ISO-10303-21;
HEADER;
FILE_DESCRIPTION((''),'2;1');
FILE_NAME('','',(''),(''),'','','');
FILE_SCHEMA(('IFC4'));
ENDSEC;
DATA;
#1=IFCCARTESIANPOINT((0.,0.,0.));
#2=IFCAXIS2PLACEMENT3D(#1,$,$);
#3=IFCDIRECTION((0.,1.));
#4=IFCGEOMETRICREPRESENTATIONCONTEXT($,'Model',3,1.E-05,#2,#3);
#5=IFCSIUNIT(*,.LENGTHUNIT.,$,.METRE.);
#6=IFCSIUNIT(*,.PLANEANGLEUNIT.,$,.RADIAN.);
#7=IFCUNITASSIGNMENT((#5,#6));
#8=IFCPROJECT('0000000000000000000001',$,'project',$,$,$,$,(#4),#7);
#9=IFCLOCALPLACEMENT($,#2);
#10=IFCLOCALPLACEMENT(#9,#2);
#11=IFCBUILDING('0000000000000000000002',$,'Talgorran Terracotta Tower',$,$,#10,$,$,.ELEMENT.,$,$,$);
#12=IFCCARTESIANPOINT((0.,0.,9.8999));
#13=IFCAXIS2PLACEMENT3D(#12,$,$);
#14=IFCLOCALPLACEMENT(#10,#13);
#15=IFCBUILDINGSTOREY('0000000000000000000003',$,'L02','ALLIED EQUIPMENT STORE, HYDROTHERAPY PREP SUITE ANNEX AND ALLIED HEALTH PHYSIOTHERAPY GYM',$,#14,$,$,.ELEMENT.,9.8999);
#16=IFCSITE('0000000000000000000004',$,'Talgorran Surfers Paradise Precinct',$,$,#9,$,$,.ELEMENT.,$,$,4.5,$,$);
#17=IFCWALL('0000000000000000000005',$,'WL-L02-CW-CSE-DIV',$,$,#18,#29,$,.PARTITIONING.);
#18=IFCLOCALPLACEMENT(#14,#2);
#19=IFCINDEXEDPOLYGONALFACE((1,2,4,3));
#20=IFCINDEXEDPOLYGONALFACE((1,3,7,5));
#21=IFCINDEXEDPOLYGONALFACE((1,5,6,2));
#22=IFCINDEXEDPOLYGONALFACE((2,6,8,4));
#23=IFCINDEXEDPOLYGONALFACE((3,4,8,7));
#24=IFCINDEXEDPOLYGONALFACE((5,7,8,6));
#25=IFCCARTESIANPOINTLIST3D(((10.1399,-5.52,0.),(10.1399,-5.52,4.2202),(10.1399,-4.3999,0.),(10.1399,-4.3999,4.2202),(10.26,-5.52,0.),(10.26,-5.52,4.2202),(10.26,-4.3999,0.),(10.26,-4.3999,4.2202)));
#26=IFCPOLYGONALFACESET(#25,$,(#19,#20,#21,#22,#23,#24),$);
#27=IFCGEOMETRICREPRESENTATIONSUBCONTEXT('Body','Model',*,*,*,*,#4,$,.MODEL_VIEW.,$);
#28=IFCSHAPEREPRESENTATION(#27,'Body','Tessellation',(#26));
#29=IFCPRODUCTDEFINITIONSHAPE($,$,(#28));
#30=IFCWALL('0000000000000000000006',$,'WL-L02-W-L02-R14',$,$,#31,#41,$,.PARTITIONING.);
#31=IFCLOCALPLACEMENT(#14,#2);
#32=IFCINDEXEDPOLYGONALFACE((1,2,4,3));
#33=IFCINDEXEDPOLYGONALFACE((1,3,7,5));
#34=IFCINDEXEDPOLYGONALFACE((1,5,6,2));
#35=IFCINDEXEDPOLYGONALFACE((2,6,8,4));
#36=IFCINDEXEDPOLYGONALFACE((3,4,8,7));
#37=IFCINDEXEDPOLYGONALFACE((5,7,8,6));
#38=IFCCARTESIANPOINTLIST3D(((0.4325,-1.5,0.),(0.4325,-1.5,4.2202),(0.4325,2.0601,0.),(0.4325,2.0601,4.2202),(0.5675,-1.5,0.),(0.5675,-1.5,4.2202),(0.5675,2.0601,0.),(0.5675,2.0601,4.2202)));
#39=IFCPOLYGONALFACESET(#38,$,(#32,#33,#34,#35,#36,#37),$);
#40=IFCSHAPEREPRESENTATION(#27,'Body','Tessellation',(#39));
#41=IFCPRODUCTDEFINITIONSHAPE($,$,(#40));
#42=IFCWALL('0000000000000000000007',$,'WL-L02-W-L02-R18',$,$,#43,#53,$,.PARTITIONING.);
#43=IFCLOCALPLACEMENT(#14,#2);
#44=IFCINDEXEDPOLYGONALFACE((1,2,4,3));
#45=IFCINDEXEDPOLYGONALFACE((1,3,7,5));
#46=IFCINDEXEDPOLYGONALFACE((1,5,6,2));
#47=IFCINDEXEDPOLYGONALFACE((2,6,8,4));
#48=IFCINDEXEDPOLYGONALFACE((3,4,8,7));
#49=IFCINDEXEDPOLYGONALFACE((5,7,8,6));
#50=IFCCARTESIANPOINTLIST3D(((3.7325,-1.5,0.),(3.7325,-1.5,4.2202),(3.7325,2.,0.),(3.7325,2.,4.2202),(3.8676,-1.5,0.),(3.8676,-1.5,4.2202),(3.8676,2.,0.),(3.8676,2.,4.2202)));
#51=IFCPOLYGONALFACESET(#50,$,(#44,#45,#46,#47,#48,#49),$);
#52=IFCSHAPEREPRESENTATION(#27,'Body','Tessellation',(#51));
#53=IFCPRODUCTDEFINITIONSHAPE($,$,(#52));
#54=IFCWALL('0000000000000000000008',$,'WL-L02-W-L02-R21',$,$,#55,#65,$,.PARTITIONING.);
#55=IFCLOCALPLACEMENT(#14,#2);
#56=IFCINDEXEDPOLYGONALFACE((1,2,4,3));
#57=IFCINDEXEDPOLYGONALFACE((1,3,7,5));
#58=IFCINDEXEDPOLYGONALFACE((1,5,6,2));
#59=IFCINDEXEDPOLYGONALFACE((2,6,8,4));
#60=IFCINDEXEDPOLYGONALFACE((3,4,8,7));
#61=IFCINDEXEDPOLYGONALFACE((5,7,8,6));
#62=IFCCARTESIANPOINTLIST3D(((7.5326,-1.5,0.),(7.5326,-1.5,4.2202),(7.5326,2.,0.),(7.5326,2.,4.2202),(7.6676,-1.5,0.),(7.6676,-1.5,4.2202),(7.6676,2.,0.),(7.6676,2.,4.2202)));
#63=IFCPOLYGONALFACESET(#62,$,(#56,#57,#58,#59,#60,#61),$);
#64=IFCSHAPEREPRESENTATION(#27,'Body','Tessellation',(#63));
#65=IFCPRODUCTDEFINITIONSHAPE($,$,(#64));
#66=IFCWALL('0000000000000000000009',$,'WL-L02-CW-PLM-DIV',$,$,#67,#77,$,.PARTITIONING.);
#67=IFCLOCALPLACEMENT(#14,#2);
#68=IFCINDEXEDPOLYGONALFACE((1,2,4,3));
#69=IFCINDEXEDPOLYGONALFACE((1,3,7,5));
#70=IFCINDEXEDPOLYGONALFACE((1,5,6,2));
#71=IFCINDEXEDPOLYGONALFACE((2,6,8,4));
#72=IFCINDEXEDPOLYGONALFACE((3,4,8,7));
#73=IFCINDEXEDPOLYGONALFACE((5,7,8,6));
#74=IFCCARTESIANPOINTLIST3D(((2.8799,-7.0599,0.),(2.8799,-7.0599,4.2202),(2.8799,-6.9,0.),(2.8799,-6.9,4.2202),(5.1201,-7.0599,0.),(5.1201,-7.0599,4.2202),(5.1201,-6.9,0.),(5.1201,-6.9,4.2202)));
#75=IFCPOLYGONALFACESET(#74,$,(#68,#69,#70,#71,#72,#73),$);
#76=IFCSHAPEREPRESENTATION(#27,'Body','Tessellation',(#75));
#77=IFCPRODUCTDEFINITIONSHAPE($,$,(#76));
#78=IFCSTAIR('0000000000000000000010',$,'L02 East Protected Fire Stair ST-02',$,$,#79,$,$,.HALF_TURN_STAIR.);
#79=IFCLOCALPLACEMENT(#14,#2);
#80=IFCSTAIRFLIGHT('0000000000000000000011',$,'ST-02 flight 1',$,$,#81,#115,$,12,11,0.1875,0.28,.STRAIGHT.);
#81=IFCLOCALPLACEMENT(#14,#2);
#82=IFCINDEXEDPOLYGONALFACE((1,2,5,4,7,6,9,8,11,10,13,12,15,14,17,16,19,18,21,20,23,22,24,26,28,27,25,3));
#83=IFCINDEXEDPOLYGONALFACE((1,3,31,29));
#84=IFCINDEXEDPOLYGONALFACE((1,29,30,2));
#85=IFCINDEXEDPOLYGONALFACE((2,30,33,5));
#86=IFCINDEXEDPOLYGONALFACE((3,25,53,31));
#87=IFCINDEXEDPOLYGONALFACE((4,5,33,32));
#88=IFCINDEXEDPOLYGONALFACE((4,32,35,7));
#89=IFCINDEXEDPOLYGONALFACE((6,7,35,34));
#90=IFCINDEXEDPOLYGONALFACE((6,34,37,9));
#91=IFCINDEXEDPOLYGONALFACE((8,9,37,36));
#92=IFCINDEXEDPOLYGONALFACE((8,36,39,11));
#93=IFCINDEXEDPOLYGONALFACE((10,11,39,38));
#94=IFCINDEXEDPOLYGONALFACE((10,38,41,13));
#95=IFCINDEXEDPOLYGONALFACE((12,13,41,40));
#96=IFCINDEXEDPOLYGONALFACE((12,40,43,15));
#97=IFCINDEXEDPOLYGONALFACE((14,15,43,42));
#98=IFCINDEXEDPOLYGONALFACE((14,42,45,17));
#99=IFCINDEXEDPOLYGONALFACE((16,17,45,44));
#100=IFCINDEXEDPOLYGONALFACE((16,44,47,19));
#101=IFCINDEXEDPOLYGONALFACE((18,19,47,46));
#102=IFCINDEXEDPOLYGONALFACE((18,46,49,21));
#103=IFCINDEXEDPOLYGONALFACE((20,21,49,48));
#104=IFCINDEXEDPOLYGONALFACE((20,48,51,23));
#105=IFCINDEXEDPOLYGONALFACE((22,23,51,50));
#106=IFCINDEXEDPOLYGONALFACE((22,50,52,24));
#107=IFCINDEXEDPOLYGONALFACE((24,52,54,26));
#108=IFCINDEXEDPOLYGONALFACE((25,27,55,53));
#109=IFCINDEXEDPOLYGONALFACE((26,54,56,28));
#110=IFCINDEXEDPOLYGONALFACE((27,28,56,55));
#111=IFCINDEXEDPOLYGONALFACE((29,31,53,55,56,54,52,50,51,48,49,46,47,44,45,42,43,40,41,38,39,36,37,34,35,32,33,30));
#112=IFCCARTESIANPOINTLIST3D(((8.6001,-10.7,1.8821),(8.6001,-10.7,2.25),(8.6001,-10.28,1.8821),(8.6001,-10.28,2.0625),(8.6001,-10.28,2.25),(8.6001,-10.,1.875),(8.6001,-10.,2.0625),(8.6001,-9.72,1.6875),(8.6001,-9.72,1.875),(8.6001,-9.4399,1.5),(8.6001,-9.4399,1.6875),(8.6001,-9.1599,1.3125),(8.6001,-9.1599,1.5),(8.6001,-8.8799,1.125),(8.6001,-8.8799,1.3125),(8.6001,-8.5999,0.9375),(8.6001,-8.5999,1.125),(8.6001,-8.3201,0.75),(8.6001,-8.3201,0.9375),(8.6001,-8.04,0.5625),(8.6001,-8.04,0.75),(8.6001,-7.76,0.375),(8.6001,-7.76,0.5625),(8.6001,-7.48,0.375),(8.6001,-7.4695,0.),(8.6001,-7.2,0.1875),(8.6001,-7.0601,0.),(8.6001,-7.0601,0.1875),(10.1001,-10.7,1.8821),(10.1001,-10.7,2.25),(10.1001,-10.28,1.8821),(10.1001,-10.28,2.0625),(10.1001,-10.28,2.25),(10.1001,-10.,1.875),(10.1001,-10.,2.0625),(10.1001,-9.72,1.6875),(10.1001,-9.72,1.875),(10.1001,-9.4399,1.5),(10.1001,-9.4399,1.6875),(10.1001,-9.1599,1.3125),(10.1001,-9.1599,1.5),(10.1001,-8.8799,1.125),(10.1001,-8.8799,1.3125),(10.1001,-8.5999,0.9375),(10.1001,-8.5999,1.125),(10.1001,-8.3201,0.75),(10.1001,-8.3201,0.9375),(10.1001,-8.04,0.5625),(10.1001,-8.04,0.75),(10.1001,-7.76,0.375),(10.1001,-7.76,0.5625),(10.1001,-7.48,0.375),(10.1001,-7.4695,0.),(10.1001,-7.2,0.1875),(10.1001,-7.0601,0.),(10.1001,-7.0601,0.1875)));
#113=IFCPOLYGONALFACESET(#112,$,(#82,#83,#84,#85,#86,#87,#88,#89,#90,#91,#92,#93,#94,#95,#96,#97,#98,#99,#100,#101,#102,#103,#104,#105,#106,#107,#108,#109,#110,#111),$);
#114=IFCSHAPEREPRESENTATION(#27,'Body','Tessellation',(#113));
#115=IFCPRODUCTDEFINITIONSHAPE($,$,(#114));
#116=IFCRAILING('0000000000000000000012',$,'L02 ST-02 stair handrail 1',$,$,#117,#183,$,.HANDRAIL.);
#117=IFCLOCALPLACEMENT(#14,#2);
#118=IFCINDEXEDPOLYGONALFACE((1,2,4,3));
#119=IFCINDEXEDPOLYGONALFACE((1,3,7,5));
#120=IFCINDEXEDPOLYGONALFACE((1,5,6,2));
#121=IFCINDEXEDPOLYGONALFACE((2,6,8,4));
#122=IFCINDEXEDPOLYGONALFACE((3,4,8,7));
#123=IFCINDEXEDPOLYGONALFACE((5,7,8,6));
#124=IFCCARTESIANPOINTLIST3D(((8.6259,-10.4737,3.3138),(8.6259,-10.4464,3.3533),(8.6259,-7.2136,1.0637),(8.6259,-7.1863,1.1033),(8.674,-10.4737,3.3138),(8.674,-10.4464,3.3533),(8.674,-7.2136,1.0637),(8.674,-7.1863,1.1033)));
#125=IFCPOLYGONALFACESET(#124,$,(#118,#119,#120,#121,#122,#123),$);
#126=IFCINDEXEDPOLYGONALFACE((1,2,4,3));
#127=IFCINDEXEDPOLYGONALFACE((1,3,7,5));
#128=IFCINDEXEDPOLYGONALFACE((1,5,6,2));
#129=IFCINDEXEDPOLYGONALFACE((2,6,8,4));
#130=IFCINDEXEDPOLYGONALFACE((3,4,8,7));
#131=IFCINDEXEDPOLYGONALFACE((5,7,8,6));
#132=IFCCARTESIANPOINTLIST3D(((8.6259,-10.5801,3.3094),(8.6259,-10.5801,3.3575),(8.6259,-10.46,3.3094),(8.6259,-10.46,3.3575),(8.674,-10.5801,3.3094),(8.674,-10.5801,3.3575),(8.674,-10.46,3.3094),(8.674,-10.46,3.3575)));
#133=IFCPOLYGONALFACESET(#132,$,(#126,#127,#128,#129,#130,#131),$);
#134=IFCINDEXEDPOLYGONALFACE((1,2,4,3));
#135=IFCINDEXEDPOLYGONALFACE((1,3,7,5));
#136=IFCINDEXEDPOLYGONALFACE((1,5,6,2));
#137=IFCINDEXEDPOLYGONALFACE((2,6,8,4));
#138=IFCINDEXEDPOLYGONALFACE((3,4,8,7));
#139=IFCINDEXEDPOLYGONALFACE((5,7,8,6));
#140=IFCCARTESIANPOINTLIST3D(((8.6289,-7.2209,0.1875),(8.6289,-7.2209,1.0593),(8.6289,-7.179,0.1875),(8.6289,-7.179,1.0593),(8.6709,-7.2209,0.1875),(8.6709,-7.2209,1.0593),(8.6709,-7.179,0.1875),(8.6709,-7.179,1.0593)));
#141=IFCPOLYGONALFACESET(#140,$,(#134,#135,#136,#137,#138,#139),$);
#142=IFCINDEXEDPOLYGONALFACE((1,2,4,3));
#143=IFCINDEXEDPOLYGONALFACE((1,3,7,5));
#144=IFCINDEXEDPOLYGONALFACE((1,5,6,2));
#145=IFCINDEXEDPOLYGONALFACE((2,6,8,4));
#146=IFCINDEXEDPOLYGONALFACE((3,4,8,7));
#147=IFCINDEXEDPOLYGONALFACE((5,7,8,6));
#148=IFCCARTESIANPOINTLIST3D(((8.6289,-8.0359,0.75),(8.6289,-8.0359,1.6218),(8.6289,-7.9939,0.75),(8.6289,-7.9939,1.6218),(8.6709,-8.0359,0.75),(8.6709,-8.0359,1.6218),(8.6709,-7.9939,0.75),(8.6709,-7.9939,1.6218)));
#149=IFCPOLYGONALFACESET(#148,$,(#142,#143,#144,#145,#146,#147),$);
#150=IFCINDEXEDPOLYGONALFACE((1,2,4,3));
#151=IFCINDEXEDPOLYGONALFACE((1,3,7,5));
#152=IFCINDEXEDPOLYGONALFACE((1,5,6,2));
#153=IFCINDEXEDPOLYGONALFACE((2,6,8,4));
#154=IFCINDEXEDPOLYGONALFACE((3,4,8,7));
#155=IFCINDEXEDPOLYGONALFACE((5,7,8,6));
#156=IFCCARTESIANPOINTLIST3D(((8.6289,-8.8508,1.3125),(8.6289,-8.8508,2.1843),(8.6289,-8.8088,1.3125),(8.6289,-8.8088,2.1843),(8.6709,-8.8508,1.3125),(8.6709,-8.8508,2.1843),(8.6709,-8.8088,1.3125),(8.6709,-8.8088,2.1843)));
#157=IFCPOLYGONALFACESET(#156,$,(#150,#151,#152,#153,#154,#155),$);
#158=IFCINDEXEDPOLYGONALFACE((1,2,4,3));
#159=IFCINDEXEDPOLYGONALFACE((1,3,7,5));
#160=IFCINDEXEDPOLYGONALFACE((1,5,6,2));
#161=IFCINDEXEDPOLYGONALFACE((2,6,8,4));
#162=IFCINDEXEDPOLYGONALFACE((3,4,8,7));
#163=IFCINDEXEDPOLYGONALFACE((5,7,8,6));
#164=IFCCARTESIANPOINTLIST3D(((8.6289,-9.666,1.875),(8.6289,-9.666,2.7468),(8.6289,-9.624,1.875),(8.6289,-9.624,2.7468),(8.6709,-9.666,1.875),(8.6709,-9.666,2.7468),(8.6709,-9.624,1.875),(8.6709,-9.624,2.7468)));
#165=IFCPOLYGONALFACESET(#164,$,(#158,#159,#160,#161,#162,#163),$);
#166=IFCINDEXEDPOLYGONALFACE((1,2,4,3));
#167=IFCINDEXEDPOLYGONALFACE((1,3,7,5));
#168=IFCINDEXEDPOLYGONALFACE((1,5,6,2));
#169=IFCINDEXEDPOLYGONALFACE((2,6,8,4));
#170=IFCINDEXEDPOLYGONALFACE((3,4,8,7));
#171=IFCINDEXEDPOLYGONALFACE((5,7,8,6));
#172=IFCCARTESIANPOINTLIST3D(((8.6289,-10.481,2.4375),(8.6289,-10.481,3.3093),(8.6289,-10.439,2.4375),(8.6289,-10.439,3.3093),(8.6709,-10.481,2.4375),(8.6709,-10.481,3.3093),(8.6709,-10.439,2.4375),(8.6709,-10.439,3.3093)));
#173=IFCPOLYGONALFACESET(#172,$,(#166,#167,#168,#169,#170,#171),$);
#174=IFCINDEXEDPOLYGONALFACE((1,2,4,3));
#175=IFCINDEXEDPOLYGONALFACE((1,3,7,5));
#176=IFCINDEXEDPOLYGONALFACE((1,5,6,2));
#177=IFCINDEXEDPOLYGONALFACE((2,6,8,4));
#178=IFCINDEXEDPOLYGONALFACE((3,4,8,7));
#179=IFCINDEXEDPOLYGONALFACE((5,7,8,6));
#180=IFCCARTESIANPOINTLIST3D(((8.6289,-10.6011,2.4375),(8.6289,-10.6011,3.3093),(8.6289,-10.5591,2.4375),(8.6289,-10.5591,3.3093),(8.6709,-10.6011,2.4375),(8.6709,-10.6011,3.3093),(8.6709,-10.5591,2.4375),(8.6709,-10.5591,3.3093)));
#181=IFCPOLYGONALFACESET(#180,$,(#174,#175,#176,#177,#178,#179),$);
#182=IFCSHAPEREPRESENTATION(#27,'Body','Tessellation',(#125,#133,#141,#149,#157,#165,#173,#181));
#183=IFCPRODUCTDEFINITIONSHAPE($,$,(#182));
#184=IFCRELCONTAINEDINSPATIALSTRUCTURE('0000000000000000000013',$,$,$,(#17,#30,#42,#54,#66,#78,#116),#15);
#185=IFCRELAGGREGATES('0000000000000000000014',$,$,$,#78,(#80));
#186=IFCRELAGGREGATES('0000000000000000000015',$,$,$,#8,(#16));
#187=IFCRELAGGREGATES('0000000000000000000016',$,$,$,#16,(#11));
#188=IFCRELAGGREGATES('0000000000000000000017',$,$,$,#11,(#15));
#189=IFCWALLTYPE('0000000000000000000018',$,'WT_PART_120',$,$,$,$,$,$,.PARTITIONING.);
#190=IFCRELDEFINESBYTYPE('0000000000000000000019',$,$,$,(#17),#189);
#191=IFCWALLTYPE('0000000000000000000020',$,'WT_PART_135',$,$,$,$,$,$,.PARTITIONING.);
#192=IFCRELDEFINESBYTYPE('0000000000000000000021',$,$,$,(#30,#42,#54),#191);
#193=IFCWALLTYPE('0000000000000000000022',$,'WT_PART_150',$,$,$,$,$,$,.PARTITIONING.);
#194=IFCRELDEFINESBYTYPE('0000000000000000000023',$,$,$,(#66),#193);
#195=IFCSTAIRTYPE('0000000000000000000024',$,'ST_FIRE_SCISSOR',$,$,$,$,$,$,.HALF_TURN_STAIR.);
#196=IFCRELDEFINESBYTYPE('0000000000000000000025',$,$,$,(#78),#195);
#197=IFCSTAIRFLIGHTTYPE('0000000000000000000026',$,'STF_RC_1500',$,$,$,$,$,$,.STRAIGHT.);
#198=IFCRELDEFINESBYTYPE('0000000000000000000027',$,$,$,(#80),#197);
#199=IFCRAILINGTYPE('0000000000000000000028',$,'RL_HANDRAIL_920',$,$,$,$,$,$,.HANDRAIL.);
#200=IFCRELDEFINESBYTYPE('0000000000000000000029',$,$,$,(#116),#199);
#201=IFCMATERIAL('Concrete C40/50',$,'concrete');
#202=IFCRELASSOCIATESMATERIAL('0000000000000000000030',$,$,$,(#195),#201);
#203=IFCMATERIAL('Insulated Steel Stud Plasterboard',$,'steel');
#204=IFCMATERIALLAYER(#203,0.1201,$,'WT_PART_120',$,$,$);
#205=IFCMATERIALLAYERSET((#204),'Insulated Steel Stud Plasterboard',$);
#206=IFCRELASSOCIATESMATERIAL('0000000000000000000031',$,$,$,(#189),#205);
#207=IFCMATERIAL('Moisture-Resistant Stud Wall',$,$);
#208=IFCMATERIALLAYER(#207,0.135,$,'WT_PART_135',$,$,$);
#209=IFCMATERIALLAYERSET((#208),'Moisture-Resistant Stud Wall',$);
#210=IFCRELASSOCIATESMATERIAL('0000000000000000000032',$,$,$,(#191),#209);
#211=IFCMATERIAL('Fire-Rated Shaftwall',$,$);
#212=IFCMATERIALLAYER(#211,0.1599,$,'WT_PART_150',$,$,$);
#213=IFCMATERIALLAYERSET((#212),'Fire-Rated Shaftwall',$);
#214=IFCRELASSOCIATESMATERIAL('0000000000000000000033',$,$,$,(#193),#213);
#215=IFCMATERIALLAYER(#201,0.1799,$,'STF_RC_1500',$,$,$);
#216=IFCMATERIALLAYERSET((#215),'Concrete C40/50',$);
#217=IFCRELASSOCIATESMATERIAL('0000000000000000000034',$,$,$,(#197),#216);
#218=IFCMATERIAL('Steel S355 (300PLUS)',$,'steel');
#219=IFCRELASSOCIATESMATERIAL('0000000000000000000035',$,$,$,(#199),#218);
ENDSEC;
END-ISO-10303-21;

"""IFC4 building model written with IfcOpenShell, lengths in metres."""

from ifc_helpers import new_model, si_unit, direction, frame, frame_2d, origin, origin_2d, place, context, subcontext, project, spatial, polyline, rectangle, outline, extrude, material, layer, layer_set, type_object, element, aggregate, save


model = new_model("IFC4")

# Units and contexts
model_context = context("Model", 3, precision=1e-05, world=origin(), true_north=direction((0.0, 1.0)))
body_context = subcontext(model_context, "Body", "Model", "MODEL_VIEW")
ifc_project = project(units=[si_unit("LENGTHUNIT", "METRE"), si_unit("PLANEANGLEUNIT", "RADIAN")], contexts=[model_context])

# Site, building, storey
site_placement = place(None, origin())
site = spatial("IfcSite", under=ifc_project, at=site_placement, Name="Talgorran Surfers Paradise Precinct", CompositionType="ELEMENT", RefElevation=4.5)
building_placement = place(site_placement, origin())
building = spatial("IfcBuilding", under=site, at=building_placement, Name="Talgorran Terracotta Tower", CompositionType="ELEMENT")
storey_placement = place(building_placement, frame((0.0, 0.0, 9.8999)))
storey = spatial("IfcBuildingStorey", under=building, at=storey_placement, Name="L02", Description="ALLIED EQUIPMENT STORE, HYDROTHERAPY PREP SUITE ANNEX AND ALLIED HEALTH PHYSIOTHERAPY GYM", CompositionType="ELEMENT", Elevation=9.8999)

# Shared definitions
ifc_material_1 = material(Name="Steel S355 (300PLUS)", Category="steel")

# Shared definitions
ifc_material_2 = material(Name="Concrete C40/50", Category="concrete")
stair_type = type_object("IfcStairType", Name="ST_FIRE_SCISSOR", PredefinedType="HALF_TURN_STAIR", material=ifc_material_2)

# Walls
ifc_material_3 = material(Name="Insulated Steel Stud Plasterboard", Category="steel")
ifc_layer_1 = layer(ifc_material_3, 0.1201, Name="WT_PART_120")
ifc_layer_set_1 = layer_set([ifc_layer_1], Name="Insulated Steel Stud Plasterboard")
wall_type_1 = type_object("IfcWallType", Name="WT_PART_120", PredefinedType="PARTITIONING", material=ifc_layer_set_1)
wall_1_placement = place(storey_placement, frame((10.2, -5.52, 0.0), z_axis=(0.0, 0.0, 1.0), x_axis=(0.0, 1.0, 0.0)))
element("IfcWall", 1, at=wall_1_placement, inside=storey, type_object=wall_type_1, Name="WL-L02-CW-CSE-DIV", PredefinedType="PARTITIONING", context=body_context, shape_type="SweptSolid", body=[
    extrude(rectangle(XDim=1.1201, YDim=0.1201, at=frame_2d((0.5601, 0.0))), origin(), (0.0, 0.0, 1.0), 4.2202),
])
ifc_material_4 = material(Name="Moisture-Resistant Stud Wall")
ifc_layer_2 = layer(ifc_material_4, 0.135, Name="WT_PART_135")
ifc_layer_set_2 = layer_set([ifc_layer_2], Name="Moisture-Resistant Stud Wall")
wall_type_2 = type_object("IfcWallType", Name="WT_PART_135", PredefinedType="PARTITIONING", material=ifc_layer_set_2)
wall_2_placement = place(storey_placement, frame((0.5, -1.5, 0.0), z_axis=(0.0, 0.0, 1.0), x_axis=(0.0, 1.0, 0.0)))
element("IfcWall", 2, at=wall_2_placement, inside=storey, type_object=wall_type_2, Name="WL-L02-W-L02-R14", PredefinedType="PARTITIONING", context=body_context, shape_type="SweptSolid", body=[
    extrude(rectangle(XDim=3.5601, YDim=0.135, at=frame_2d((1.78, 0.0))), origin(), (0.0, 0.0, 1.0), 4.2202),
])
for number, where, z_axis, x_axis, name in (
    (3, (3.8, -1.5, 0.0), (0.0, 0.0, 1.0), (0.0, 1.0, 0.0), "WL-L02-W-L02-R18"),
    (4, (7.6001, -1.5, 0.0), (0.0, 0.0, 1.0), (0.0, 1.0, 0.0), "WL-L02-W-L02-R21"),
):
    element("IfcWall", number, at=place(storey_placement, frame(where, z_axis=z_axis, x_axis=x_axis)), inside=storey, type_object=wall_type_2, Name=name, PredefinedType="PARTITIONING", context=body_context, shape_type="SweptSolid", body=[
        extrude(rectangle(XDim=3.5, YDim=0.135, at=frame_2d((1.75, 0.0))), origin(), (0.0, 0.0, 1.0), 4.2202),
    ])
ifc_material_5 = material(Name="Fire-Rated Shaftwall")
ifc_layer_3 = layer(ifc_material_5, 0.1599, Name="WT_PART_150")
ifc_layer_set_3 = layer_set([ifc_layer_3], Name="Fire-Rated Shaftwall")
wall_type_3 = type_object("IfcWallType", Name="WT_PART_150", PredefinedType="PARTITIONING", material=ifc_layer_set_3)
wall_3_placement = place(storey_placement, frame((2.8799, -6.98, 0.0), z_axis=(0.0, 0.0, 1.0), x_axis=(1.0, 0.0, 0.0)))
element("IfcWall", 5, at=wall_3_placement, inside=storey, type_object=wall_type_3, Name="WL-L02-CW-PLM-DIV", PredefinedType="PARTITIONING", context=body_context, shape_type="SweptSolid", body=[
    extrude(rectangle(XDim=2.2402, YDim=0.1599, at=frame_2d((1.1201, 0.0))), origin(), (0.0, 0.0, 1.0), 4.2202),
])

# Stair, stair flight
stair_1_placement = place(storey_placement, origin())
stair_1 = element("IfcStair", 6, at=stair_1_placement, inside=storey, type_object=stair_type, Name="L02 East Protected Fire Stair ST-02", PredefinedType="HALF_TURN_STAIR")
ifc_layer_4 = layer(ifc_material_2, 0.1799, Name="STF_RC_1500")
ifc_layer_set_4 = layer_set([ifc_layer_4], Name="Concrete C40/50")
stair_flight_type = type_object("IfcStairFlightType", Name="STF_RC_1500", PredefinedType="STRAIGHT", material=ifc_layer_set_4)
stair_flight_placement = place(storey_placement, frame((9.3501, -7.2, 0.0), z_axis=(0.0, 0.0, 1.0), x_axis=(0.0, -1.0, 0.0)))
stair_flight = element("IfcStairFlight", 7, at=stair_flight_placement, type_object=stair_flight_type, Name="ST-02 flight 1", NumberOfRisers=12, NumberOfTreads=11, PredefinedType="STRAIGHT", RiserHeight=0.1875, TreadLength=0.28, context=body_context, shape_type="SweptSolid", body=[
    extrude(outline(polyline([(-0.1399, 0.0), (-0.1399, 0.1875), (0.0, 0.1875), (0.28, 0.375), (0.5601, 0.375), (0.5601, 0.5625), (0.8401, 0.5625), (0.8401, 0.75), (1.1201, 0.75), (1.1201, 0.9375), (1.3999, 0.9375), (1.3999, 1.125), (1.6799, 1.125), (1.6799, 1.3125), (1.96, 1.3125), (1.96, 1.5), (2.24, 1.5), (2.24, 1.6875), (2.52, 1.6875), (2.52, 1.875), (2.8, 1.875), (2.8, 2.0625), (3.0801, 2.0625), (3.0801, 2.25), (3.5, 2.25), (3.5, 1.8821), (3.0801, 1.8821), (0.2695, 0.0), (-0.1399, 0.0)])), frame((0.0, 0.75, 0.0), z_axis=(0.0, -1.0, 0.0), x_axis=(1.0, 0.0, 0.0)), (0.0, 0.0, 1.0), 1.5),
])
aggregate(stair_1, [stair_flight])

# Railing
railing_type_1 = type_object("IfcRailingType", Name="RL_HANDRAIL_920", PredefinedType="HANDRAIL", material=ifc_material_1)
railing_1_placement = place(storey_placement, frame((8.6499, -7.2, 0.1875)))
element("IfcRailing", 8, at=railing_1_placement, inside=storey, type_object=railing_type_1, Name="L02 ST-02 stair handrail 1", PredefinedType="HANDRAIL", context=body_context, shape_type="SweptSolid", body=[
    extrude(rectangle(XDim=0.0481, YDim=0.0481, at=origin_2d()), frame((0.0, 0.0, 0.896), z_axis=(0.0, -0.82301, 0.568027), x_axis=(1.0, 0.0, 0.0)), (0.0, 0.0, 1.0), 3.9612),
    extrude(rectangle(XDim=0.0481, YDim=0.0481, at=origin_2d()), frame((0.0, -3.26, 3.146), z_axis=(0.0, -1.0, 0.0), x_axis=(1.0, 0.0, 0.0)), (0.0, 0.0, 1.0), 0.1201),
    extrude(rectangle(XDim=0.042, YDim=0.042, at=origin_2d()), origin(), (0.0, 0.0, 1.0), 0.8718),
    extrude(rectangle(XDim=0.042, YDim=0.042, at=origin_2d()), frame((0.0, -0.8149, 0.5625)), (0.0, 0.0, 1.0), 0.8718),
    extrude(rectangle(XDim=0.042, YDim=0.042, at=origin_2d()), frame((0.0, -1.6299, 1.125)), (0.0, 0.0, 1.0), 0.8718),
    extrude(rectangle(XDim=0.042, YDim=0.042, at=origin_2d()), frame((0.0, -2.4451, 1.6875)), (0.0, 0.0, 1.0), 0.8718),
    extrude(rectangle(XDim=0.042, YDim=0.042, at=origin_2d()), frame((0.0, -3.26, 2.25)), (0.0, 0.0, 1.0), 0.8718),
    extrude(rectangle(XDim=0.042, YDim=0.042, at=origin_2d()), frame((0.0, -3.3801, 2.25)), (0.0, 0.0, 1.0), 0.8718),
])

save(model, "model.ifc")
